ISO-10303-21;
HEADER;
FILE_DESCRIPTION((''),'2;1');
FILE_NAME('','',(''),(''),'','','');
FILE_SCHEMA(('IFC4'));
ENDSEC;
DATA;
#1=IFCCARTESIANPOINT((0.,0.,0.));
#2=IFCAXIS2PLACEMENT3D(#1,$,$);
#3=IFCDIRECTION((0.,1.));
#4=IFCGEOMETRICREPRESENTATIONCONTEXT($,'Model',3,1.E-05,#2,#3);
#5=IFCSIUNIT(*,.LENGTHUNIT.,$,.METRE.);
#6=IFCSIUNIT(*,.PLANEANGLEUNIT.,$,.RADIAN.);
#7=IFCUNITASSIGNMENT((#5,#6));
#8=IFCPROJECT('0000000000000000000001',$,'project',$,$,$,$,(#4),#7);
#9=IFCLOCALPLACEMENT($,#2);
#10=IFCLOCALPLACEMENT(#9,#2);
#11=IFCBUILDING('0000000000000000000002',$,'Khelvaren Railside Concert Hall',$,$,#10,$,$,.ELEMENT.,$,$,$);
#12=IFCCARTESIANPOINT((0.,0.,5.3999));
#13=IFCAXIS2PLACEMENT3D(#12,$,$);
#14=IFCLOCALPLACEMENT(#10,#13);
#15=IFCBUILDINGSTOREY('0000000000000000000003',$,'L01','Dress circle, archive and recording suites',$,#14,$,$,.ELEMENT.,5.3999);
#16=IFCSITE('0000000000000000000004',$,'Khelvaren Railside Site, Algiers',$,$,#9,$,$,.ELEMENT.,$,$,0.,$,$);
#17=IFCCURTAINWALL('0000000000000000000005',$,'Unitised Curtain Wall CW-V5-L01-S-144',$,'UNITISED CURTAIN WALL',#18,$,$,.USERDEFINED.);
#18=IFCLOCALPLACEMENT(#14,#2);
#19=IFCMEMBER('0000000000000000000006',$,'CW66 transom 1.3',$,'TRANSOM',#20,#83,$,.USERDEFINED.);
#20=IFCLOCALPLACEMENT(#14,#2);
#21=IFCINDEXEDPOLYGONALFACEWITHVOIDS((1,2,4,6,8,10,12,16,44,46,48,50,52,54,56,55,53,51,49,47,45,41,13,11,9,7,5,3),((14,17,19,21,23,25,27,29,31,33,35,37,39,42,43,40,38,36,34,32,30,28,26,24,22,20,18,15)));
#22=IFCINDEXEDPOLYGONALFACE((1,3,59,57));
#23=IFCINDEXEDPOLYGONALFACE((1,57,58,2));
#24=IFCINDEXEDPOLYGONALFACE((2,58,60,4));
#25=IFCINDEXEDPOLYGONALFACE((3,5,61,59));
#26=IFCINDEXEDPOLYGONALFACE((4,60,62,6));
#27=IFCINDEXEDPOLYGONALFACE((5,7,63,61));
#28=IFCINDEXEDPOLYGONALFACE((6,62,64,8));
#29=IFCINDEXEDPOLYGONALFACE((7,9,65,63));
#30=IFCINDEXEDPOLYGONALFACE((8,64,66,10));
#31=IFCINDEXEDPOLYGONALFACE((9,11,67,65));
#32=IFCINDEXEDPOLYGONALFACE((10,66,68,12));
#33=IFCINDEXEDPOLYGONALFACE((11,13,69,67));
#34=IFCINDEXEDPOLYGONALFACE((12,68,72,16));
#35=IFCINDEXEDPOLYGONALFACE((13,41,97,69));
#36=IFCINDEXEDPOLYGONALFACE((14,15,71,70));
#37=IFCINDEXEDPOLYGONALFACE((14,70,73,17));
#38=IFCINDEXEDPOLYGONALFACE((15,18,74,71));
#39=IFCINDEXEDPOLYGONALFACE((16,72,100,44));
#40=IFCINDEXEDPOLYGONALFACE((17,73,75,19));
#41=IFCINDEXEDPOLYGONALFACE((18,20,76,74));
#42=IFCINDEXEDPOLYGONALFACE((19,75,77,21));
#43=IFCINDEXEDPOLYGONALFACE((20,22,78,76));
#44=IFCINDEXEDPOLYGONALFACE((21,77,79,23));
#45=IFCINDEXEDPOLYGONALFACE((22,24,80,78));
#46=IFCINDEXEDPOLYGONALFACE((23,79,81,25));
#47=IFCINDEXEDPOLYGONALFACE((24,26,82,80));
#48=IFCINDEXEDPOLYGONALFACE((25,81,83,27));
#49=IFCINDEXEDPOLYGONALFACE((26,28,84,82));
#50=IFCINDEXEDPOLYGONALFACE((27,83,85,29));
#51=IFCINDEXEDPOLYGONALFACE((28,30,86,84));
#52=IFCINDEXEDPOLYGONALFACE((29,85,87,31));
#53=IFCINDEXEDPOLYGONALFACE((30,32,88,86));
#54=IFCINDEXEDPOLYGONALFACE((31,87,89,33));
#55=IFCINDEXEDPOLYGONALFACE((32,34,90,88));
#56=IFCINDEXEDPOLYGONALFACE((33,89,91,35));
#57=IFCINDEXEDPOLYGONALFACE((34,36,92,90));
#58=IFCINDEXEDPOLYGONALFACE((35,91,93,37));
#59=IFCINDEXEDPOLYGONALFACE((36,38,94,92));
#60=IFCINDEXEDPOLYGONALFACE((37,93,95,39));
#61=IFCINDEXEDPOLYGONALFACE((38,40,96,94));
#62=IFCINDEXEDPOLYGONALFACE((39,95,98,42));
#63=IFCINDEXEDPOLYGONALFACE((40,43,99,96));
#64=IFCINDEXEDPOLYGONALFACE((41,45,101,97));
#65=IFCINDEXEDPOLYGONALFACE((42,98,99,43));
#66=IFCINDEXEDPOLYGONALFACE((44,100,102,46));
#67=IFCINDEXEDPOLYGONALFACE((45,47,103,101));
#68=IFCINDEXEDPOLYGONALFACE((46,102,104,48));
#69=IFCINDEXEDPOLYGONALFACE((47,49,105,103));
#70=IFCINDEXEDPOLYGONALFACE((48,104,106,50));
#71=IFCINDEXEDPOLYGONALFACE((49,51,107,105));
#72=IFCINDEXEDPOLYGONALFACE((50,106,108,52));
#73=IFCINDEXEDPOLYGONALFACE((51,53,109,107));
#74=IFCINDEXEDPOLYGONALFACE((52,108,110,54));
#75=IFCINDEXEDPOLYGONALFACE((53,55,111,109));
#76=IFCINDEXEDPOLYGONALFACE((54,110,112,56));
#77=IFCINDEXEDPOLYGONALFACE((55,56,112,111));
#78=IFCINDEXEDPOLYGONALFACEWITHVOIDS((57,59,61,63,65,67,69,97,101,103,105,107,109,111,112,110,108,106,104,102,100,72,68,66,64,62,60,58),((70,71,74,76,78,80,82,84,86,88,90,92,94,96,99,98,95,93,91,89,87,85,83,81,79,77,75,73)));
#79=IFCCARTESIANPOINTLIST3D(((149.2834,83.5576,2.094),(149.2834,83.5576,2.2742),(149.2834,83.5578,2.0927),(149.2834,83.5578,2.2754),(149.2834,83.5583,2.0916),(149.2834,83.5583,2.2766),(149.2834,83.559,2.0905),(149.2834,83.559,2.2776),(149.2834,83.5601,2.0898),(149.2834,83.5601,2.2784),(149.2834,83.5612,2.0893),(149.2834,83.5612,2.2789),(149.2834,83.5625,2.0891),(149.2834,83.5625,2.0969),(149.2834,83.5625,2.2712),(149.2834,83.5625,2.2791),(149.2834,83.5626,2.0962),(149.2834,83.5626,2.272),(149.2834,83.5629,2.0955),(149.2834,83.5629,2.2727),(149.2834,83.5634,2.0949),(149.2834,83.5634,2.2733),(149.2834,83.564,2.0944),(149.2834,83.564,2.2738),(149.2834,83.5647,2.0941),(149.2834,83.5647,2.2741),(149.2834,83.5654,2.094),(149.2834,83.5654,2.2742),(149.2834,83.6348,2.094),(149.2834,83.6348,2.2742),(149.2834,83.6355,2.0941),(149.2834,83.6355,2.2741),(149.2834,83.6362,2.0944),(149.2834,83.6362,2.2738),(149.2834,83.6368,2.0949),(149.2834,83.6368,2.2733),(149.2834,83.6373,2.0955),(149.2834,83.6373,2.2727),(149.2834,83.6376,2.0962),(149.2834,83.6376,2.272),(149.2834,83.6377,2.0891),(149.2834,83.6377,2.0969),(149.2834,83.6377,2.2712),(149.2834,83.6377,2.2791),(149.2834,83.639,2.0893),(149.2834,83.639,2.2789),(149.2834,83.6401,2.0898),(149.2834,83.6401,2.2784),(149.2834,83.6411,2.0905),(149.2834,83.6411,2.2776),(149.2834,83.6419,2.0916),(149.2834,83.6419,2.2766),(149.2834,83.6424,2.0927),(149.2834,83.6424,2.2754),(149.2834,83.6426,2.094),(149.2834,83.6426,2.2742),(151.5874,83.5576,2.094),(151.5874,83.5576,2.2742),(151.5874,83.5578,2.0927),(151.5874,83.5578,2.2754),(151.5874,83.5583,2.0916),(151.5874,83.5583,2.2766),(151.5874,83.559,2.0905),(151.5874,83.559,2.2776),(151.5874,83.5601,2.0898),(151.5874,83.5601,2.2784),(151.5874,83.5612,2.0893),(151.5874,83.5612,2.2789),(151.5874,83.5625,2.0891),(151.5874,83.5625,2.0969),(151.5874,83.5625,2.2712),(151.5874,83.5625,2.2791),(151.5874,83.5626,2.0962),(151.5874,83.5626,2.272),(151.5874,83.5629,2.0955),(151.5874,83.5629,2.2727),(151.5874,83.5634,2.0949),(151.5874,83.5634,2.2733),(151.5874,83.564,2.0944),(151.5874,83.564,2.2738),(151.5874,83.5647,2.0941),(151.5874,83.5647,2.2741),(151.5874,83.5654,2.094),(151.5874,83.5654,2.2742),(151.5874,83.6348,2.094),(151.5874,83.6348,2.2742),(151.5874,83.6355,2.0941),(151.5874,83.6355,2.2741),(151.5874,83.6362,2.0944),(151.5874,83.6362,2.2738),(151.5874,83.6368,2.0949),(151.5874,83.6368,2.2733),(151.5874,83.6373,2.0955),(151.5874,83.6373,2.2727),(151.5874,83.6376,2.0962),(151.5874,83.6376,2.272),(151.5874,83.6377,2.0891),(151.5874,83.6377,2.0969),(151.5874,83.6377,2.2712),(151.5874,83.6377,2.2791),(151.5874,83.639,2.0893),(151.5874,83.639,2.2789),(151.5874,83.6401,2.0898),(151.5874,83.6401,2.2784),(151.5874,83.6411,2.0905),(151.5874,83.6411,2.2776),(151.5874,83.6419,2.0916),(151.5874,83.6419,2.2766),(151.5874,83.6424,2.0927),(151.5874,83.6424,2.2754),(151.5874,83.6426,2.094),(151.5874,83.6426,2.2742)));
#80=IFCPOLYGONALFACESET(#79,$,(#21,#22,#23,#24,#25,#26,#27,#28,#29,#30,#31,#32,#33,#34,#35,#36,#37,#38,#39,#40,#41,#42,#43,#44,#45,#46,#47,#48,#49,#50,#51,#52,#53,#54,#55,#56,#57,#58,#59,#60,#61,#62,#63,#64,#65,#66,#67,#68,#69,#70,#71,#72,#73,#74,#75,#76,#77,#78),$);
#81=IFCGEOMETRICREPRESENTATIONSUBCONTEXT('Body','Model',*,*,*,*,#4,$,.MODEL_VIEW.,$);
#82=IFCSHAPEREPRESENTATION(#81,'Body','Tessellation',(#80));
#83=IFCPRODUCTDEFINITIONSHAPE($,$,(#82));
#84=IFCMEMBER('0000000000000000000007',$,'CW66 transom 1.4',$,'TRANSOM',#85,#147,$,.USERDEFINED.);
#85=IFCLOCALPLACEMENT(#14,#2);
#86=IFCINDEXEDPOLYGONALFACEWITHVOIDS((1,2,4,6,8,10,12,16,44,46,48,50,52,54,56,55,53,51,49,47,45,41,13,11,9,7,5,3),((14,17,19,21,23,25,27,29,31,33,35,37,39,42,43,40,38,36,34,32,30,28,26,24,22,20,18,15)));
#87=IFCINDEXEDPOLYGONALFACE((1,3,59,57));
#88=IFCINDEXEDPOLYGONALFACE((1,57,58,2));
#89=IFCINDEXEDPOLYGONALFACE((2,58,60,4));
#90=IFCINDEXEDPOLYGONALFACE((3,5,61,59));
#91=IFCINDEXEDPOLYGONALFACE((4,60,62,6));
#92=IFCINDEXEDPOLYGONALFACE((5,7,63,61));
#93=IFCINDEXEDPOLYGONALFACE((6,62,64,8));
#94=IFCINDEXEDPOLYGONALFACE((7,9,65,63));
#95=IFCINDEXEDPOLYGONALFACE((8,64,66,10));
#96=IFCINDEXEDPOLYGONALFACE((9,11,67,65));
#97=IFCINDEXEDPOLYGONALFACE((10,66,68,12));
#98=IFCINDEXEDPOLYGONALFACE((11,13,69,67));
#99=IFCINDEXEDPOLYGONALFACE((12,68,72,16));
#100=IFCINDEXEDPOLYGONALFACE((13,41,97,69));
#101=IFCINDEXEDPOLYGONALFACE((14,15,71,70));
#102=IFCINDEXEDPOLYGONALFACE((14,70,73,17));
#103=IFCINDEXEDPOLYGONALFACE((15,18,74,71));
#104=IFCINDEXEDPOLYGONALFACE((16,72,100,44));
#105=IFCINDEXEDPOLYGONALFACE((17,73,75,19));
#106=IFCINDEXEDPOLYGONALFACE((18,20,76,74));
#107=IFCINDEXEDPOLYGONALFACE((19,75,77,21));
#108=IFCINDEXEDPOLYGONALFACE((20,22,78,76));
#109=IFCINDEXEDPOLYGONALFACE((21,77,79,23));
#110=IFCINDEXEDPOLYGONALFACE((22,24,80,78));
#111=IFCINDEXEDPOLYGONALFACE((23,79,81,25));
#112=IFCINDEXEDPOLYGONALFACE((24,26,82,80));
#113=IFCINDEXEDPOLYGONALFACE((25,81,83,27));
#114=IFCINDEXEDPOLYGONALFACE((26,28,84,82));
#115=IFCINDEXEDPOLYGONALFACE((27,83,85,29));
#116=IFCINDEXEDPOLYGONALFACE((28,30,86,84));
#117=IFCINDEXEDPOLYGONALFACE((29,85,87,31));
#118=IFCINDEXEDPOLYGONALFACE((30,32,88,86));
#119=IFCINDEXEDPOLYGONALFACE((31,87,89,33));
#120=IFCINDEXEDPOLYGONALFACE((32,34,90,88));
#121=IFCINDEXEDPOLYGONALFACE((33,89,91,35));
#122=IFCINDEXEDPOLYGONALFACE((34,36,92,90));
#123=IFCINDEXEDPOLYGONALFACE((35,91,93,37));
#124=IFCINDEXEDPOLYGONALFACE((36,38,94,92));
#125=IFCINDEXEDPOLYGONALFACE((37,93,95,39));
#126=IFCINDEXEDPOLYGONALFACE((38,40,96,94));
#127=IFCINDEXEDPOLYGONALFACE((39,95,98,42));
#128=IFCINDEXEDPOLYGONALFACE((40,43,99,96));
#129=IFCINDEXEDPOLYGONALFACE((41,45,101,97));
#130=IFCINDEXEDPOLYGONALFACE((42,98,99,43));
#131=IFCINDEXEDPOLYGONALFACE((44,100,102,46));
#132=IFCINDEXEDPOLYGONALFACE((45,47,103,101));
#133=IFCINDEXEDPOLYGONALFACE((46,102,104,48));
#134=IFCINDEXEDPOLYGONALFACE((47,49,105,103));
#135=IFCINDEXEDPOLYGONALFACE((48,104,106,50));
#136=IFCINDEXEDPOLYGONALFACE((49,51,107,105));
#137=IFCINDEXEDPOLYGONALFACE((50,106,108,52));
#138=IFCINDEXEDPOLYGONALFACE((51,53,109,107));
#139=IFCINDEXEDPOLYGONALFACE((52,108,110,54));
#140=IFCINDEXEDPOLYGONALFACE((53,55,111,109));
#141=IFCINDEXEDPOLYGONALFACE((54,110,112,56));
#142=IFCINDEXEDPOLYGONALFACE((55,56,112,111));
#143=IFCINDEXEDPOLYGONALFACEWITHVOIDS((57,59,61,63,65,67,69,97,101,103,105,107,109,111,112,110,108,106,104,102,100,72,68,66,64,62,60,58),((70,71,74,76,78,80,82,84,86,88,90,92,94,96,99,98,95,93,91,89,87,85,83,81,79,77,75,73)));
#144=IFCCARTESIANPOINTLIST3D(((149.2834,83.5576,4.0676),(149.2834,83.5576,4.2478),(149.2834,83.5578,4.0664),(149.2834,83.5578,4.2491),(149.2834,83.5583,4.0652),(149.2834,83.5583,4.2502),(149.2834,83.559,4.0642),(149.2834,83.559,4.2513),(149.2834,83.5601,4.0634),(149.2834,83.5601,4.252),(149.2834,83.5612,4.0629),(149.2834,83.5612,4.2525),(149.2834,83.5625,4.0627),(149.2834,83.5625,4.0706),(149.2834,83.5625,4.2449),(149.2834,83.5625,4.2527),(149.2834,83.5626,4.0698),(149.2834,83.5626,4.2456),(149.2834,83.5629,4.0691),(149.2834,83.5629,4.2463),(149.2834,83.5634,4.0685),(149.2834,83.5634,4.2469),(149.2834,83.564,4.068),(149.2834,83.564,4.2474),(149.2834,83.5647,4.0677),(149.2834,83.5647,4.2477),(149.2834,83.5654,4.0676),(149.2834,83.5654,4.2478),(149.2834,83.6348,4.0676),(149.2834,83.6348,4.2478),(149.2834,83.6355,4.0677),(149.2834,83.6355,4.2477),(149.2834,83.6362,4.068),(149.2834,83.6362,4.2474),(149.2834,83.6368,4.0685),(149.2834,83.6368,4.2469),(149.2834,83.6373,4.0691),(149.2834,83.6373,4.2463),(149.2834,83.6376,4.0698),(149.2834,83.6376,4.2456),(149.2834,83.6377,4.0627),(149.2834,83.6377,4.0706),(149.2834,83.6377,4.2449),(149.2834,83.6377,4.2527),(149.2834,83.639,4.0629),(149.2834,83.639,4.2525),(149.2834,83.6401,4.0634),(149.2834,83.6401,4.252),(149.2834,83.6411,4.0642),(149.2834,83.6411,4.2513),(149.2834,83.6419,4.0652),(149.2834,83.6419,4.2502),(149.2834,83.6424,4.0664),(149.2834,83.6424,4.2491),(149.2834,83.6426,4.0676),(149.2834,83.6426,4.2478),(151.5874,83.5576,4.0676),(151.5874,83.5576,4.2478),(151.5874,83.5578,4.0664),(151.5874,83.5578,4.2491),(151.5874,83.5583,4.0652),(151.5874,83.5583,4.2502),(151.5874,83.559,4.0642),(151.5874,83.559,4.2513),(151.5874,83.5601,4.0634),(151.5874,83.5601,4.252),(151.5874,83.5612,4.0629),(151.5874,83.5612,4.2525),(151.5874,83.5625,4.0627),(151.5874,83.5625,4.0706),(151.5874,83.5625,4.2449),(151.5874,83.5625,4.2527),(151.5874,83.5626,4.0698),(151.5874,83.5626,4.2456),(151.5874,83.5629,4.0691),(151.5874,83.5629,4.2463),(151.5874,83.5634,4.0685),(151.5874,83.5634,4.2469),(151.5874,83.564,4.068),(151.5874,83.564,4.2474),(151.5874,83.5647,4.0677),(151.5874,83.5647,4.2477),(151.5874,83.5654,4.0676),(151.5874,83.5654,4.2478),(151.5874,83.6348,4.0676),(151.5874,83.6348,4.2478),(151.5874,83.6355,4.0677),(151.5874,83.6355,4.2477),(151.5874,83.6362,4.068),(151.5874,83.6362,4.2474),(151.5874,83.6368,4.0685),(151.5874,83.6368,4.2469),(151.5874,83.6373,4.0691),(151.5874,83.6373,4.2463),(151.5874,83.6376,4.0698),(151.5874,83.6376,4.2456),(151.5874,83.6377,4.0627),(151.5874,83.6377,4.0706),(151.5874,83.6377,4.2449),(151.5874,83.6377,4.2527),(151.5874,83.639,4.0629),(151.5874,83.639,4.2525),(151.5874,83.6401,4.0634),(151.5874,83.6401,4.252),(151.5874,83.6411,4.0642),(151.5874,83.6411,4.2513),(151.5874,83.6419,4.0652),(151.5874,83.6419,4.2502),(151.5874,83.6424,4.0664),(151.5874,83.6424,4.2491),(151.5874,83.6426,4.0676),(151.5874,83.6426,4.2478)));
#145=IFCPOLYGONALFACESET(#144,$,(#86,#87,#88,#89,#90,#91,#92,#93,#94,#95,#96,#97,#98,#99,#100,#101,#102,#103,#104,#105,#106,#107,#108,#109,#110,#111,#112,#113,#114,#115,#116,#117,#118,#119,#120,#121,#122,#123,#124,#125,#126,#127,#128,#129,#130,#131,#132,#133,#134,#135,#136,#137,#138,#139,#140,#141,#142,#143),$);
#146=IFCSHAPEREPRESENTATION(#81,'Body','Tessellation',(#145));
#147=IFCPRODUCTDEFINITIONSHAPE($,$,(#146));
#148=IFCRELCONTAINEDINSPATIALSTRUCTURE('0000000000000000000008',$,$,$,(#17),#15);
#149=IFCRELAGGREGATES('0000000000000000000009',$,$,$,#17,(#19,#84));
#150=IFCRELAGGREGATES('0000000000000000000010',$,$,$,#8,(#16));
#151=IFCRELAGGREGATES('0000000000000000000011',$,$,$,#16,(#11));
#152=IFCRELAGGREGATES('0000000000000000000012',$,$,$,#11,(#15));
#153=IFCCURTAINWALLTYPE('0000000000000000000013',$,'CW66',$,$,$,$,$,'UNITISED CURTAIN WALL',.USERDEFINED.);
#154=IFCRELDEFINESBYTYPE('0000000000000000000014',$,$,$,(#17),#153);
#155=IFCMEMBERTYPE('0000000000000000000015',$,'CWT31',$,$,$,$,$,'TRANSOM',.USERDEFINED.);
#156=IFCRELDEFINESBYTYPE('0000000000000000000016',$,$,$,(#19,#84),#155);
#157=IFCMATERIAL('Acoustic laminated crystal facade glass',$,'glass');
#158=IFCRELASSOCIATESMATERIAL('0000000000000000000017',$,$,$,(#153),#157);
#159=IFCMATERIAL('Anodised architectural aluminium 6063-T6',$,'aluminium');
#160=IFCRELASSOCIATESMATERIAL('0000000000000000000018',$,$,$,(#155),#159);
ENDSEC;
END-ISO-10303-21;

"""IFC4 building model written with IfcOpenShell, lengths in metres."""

from ifc_helpers import new_model, si_unit, direction, frame, origin, origin_2d, place, context, subcontext, project, spatial, hollow_rectangle, extrude, material, material_profile, profile_set, type_object, element, aggregate, save


model = new_model("IFC4")

# Units and contexts
model_context = context("Model", 3, precision=1e-05, world=origin(), true_north=direction((0.0, 1.0)))
body_context = subcontext(model_context, "Body", "Model", "MODEL_VIEW")
ifc_project = project(units=[si_unit("LENGTHUNIT", "METRE"), si_unit("PLANEANGLEUNIT", "RADIAN")], contexts=[model_context])

# Site, building, storey
site_placement = place(None, origin())
site = spatial("IfcSite", under=ifc_project, at=site_placement, Name="Khelvaren Railside Site, Algiers", CompositionType="ELEMENT", RefElevation=0.0)
building_placement = place(site_placement, origin())
building = spatial("IfcBuilding", under=site, at=building_placement, Name="Khelvaren Railside Concert Hall", CompositionType="ELEMENT")
storey_placement = place(building_placement, frame((0.0, 0.0, 5.3999)))
storey = spatial("IfcBuildingStorey", under=building, at=storey_placement, Name="L01", Description="Dress circle, archive and recording suites", CompositionType="ELEMENT", Elevation=5.3999)

# Curtain wall
ifc_material_1 = material(Name="Acoustic laminated crystal facade glass", Category="glass")
curtain_wall_type_1 = type_object("IfcCurtainWallType", Name="CW66", ElementType="UNITISED CURTAIN WALL", PredefinedType="USERDEFINED", material=ifc_material_1)
curtain_wall_1_placement = place(storey_placement, origin())
curtain_wall_1 = element("IfcCurtainWall", 1, at=curtain_wall_1_placement, inside=storey, type_object=curtain_wall_type_1, Name="Unitised Curtain Wall CW-V5-L01-S-144", ObjectType="UNITISED CURTAIN WALL", PredefinedType="USERDEFINED")
ifc_material_2 = material(Name="Anodised architectural aluminium 6063-T6", Category="aluminium")

# Members
ifc_material_profile_1 = material_profile(ifc_material_2, hollow_rectangle(XDim=0.085, YDim=0.1899, WallThickness=0.0049, InnerFilletRadius=0.0029, OuterFilletRadius=0.0049, at=origin_2d()), Name="CWT 85x190x5")
ifc_profile_set_1 = profile_set([ifc_material_profile_1], Name="Anodised architectural aluminium 6063-T6")
member_type_1 = type_object("IfcMemberType", Name="CWT31", ElementType="TRANSOM", PredefinedType="USERDEFINED", material=ifc_profile_set_1)
member_1_placement = place(storey_placement, frame((151.5874, 83.6001, 2.1841), z_axis=(-1.0, 0.0, 0.0), x_axis=(0.0, -1.0, 0.0)))
member_1 = element("IfcMember", 2, at=member_1_placement, type_object=member_type_1, Name="CW66 transom 1.3", ObjectType="TRANSOM", PredefinedType="USERDEFINED", context=body_context, shape_type="SweptSolid", body=[
    extrude(hollow_rectangle(XDim=0.085, YDim=0.1899, WallThickness=0.0049, InnerFilletRadius=0.0029, OuterFilletRadius=0.0049, at=origin_2d()), origin(), (0.0, 0.0, 1.0), 2.304),
])
member_2_placement = place(storey_placement, frame((151.5874, 83.6001, 4.1577), z_axis=(-1.0, 0.0, 0.0), x_axis=(0.0, -1.0, 0.0)))
member_2 = element("IfcMember", 3, at=member_2_placement, type_object=member_type_1, Name="CW66 transom 1.4", ObjectType="TRANSOM", PredefinedType="USERDEFINED", context=body_context, shape_type="SweptSolid", body=[
    extrude(hollow_rectangle(XDim=0.085, YDim=0.1899, WallThickness=0.0049, InnerFilletRadius=0.0029, OuterFilletRadius=0.0049, at=origin_2d()), origin(), (0.0, 0.0, 1.0), 2.304),
])
aggregate(curtain_wall_1, [member_1, member_2])

save(model, "model.ifc")
